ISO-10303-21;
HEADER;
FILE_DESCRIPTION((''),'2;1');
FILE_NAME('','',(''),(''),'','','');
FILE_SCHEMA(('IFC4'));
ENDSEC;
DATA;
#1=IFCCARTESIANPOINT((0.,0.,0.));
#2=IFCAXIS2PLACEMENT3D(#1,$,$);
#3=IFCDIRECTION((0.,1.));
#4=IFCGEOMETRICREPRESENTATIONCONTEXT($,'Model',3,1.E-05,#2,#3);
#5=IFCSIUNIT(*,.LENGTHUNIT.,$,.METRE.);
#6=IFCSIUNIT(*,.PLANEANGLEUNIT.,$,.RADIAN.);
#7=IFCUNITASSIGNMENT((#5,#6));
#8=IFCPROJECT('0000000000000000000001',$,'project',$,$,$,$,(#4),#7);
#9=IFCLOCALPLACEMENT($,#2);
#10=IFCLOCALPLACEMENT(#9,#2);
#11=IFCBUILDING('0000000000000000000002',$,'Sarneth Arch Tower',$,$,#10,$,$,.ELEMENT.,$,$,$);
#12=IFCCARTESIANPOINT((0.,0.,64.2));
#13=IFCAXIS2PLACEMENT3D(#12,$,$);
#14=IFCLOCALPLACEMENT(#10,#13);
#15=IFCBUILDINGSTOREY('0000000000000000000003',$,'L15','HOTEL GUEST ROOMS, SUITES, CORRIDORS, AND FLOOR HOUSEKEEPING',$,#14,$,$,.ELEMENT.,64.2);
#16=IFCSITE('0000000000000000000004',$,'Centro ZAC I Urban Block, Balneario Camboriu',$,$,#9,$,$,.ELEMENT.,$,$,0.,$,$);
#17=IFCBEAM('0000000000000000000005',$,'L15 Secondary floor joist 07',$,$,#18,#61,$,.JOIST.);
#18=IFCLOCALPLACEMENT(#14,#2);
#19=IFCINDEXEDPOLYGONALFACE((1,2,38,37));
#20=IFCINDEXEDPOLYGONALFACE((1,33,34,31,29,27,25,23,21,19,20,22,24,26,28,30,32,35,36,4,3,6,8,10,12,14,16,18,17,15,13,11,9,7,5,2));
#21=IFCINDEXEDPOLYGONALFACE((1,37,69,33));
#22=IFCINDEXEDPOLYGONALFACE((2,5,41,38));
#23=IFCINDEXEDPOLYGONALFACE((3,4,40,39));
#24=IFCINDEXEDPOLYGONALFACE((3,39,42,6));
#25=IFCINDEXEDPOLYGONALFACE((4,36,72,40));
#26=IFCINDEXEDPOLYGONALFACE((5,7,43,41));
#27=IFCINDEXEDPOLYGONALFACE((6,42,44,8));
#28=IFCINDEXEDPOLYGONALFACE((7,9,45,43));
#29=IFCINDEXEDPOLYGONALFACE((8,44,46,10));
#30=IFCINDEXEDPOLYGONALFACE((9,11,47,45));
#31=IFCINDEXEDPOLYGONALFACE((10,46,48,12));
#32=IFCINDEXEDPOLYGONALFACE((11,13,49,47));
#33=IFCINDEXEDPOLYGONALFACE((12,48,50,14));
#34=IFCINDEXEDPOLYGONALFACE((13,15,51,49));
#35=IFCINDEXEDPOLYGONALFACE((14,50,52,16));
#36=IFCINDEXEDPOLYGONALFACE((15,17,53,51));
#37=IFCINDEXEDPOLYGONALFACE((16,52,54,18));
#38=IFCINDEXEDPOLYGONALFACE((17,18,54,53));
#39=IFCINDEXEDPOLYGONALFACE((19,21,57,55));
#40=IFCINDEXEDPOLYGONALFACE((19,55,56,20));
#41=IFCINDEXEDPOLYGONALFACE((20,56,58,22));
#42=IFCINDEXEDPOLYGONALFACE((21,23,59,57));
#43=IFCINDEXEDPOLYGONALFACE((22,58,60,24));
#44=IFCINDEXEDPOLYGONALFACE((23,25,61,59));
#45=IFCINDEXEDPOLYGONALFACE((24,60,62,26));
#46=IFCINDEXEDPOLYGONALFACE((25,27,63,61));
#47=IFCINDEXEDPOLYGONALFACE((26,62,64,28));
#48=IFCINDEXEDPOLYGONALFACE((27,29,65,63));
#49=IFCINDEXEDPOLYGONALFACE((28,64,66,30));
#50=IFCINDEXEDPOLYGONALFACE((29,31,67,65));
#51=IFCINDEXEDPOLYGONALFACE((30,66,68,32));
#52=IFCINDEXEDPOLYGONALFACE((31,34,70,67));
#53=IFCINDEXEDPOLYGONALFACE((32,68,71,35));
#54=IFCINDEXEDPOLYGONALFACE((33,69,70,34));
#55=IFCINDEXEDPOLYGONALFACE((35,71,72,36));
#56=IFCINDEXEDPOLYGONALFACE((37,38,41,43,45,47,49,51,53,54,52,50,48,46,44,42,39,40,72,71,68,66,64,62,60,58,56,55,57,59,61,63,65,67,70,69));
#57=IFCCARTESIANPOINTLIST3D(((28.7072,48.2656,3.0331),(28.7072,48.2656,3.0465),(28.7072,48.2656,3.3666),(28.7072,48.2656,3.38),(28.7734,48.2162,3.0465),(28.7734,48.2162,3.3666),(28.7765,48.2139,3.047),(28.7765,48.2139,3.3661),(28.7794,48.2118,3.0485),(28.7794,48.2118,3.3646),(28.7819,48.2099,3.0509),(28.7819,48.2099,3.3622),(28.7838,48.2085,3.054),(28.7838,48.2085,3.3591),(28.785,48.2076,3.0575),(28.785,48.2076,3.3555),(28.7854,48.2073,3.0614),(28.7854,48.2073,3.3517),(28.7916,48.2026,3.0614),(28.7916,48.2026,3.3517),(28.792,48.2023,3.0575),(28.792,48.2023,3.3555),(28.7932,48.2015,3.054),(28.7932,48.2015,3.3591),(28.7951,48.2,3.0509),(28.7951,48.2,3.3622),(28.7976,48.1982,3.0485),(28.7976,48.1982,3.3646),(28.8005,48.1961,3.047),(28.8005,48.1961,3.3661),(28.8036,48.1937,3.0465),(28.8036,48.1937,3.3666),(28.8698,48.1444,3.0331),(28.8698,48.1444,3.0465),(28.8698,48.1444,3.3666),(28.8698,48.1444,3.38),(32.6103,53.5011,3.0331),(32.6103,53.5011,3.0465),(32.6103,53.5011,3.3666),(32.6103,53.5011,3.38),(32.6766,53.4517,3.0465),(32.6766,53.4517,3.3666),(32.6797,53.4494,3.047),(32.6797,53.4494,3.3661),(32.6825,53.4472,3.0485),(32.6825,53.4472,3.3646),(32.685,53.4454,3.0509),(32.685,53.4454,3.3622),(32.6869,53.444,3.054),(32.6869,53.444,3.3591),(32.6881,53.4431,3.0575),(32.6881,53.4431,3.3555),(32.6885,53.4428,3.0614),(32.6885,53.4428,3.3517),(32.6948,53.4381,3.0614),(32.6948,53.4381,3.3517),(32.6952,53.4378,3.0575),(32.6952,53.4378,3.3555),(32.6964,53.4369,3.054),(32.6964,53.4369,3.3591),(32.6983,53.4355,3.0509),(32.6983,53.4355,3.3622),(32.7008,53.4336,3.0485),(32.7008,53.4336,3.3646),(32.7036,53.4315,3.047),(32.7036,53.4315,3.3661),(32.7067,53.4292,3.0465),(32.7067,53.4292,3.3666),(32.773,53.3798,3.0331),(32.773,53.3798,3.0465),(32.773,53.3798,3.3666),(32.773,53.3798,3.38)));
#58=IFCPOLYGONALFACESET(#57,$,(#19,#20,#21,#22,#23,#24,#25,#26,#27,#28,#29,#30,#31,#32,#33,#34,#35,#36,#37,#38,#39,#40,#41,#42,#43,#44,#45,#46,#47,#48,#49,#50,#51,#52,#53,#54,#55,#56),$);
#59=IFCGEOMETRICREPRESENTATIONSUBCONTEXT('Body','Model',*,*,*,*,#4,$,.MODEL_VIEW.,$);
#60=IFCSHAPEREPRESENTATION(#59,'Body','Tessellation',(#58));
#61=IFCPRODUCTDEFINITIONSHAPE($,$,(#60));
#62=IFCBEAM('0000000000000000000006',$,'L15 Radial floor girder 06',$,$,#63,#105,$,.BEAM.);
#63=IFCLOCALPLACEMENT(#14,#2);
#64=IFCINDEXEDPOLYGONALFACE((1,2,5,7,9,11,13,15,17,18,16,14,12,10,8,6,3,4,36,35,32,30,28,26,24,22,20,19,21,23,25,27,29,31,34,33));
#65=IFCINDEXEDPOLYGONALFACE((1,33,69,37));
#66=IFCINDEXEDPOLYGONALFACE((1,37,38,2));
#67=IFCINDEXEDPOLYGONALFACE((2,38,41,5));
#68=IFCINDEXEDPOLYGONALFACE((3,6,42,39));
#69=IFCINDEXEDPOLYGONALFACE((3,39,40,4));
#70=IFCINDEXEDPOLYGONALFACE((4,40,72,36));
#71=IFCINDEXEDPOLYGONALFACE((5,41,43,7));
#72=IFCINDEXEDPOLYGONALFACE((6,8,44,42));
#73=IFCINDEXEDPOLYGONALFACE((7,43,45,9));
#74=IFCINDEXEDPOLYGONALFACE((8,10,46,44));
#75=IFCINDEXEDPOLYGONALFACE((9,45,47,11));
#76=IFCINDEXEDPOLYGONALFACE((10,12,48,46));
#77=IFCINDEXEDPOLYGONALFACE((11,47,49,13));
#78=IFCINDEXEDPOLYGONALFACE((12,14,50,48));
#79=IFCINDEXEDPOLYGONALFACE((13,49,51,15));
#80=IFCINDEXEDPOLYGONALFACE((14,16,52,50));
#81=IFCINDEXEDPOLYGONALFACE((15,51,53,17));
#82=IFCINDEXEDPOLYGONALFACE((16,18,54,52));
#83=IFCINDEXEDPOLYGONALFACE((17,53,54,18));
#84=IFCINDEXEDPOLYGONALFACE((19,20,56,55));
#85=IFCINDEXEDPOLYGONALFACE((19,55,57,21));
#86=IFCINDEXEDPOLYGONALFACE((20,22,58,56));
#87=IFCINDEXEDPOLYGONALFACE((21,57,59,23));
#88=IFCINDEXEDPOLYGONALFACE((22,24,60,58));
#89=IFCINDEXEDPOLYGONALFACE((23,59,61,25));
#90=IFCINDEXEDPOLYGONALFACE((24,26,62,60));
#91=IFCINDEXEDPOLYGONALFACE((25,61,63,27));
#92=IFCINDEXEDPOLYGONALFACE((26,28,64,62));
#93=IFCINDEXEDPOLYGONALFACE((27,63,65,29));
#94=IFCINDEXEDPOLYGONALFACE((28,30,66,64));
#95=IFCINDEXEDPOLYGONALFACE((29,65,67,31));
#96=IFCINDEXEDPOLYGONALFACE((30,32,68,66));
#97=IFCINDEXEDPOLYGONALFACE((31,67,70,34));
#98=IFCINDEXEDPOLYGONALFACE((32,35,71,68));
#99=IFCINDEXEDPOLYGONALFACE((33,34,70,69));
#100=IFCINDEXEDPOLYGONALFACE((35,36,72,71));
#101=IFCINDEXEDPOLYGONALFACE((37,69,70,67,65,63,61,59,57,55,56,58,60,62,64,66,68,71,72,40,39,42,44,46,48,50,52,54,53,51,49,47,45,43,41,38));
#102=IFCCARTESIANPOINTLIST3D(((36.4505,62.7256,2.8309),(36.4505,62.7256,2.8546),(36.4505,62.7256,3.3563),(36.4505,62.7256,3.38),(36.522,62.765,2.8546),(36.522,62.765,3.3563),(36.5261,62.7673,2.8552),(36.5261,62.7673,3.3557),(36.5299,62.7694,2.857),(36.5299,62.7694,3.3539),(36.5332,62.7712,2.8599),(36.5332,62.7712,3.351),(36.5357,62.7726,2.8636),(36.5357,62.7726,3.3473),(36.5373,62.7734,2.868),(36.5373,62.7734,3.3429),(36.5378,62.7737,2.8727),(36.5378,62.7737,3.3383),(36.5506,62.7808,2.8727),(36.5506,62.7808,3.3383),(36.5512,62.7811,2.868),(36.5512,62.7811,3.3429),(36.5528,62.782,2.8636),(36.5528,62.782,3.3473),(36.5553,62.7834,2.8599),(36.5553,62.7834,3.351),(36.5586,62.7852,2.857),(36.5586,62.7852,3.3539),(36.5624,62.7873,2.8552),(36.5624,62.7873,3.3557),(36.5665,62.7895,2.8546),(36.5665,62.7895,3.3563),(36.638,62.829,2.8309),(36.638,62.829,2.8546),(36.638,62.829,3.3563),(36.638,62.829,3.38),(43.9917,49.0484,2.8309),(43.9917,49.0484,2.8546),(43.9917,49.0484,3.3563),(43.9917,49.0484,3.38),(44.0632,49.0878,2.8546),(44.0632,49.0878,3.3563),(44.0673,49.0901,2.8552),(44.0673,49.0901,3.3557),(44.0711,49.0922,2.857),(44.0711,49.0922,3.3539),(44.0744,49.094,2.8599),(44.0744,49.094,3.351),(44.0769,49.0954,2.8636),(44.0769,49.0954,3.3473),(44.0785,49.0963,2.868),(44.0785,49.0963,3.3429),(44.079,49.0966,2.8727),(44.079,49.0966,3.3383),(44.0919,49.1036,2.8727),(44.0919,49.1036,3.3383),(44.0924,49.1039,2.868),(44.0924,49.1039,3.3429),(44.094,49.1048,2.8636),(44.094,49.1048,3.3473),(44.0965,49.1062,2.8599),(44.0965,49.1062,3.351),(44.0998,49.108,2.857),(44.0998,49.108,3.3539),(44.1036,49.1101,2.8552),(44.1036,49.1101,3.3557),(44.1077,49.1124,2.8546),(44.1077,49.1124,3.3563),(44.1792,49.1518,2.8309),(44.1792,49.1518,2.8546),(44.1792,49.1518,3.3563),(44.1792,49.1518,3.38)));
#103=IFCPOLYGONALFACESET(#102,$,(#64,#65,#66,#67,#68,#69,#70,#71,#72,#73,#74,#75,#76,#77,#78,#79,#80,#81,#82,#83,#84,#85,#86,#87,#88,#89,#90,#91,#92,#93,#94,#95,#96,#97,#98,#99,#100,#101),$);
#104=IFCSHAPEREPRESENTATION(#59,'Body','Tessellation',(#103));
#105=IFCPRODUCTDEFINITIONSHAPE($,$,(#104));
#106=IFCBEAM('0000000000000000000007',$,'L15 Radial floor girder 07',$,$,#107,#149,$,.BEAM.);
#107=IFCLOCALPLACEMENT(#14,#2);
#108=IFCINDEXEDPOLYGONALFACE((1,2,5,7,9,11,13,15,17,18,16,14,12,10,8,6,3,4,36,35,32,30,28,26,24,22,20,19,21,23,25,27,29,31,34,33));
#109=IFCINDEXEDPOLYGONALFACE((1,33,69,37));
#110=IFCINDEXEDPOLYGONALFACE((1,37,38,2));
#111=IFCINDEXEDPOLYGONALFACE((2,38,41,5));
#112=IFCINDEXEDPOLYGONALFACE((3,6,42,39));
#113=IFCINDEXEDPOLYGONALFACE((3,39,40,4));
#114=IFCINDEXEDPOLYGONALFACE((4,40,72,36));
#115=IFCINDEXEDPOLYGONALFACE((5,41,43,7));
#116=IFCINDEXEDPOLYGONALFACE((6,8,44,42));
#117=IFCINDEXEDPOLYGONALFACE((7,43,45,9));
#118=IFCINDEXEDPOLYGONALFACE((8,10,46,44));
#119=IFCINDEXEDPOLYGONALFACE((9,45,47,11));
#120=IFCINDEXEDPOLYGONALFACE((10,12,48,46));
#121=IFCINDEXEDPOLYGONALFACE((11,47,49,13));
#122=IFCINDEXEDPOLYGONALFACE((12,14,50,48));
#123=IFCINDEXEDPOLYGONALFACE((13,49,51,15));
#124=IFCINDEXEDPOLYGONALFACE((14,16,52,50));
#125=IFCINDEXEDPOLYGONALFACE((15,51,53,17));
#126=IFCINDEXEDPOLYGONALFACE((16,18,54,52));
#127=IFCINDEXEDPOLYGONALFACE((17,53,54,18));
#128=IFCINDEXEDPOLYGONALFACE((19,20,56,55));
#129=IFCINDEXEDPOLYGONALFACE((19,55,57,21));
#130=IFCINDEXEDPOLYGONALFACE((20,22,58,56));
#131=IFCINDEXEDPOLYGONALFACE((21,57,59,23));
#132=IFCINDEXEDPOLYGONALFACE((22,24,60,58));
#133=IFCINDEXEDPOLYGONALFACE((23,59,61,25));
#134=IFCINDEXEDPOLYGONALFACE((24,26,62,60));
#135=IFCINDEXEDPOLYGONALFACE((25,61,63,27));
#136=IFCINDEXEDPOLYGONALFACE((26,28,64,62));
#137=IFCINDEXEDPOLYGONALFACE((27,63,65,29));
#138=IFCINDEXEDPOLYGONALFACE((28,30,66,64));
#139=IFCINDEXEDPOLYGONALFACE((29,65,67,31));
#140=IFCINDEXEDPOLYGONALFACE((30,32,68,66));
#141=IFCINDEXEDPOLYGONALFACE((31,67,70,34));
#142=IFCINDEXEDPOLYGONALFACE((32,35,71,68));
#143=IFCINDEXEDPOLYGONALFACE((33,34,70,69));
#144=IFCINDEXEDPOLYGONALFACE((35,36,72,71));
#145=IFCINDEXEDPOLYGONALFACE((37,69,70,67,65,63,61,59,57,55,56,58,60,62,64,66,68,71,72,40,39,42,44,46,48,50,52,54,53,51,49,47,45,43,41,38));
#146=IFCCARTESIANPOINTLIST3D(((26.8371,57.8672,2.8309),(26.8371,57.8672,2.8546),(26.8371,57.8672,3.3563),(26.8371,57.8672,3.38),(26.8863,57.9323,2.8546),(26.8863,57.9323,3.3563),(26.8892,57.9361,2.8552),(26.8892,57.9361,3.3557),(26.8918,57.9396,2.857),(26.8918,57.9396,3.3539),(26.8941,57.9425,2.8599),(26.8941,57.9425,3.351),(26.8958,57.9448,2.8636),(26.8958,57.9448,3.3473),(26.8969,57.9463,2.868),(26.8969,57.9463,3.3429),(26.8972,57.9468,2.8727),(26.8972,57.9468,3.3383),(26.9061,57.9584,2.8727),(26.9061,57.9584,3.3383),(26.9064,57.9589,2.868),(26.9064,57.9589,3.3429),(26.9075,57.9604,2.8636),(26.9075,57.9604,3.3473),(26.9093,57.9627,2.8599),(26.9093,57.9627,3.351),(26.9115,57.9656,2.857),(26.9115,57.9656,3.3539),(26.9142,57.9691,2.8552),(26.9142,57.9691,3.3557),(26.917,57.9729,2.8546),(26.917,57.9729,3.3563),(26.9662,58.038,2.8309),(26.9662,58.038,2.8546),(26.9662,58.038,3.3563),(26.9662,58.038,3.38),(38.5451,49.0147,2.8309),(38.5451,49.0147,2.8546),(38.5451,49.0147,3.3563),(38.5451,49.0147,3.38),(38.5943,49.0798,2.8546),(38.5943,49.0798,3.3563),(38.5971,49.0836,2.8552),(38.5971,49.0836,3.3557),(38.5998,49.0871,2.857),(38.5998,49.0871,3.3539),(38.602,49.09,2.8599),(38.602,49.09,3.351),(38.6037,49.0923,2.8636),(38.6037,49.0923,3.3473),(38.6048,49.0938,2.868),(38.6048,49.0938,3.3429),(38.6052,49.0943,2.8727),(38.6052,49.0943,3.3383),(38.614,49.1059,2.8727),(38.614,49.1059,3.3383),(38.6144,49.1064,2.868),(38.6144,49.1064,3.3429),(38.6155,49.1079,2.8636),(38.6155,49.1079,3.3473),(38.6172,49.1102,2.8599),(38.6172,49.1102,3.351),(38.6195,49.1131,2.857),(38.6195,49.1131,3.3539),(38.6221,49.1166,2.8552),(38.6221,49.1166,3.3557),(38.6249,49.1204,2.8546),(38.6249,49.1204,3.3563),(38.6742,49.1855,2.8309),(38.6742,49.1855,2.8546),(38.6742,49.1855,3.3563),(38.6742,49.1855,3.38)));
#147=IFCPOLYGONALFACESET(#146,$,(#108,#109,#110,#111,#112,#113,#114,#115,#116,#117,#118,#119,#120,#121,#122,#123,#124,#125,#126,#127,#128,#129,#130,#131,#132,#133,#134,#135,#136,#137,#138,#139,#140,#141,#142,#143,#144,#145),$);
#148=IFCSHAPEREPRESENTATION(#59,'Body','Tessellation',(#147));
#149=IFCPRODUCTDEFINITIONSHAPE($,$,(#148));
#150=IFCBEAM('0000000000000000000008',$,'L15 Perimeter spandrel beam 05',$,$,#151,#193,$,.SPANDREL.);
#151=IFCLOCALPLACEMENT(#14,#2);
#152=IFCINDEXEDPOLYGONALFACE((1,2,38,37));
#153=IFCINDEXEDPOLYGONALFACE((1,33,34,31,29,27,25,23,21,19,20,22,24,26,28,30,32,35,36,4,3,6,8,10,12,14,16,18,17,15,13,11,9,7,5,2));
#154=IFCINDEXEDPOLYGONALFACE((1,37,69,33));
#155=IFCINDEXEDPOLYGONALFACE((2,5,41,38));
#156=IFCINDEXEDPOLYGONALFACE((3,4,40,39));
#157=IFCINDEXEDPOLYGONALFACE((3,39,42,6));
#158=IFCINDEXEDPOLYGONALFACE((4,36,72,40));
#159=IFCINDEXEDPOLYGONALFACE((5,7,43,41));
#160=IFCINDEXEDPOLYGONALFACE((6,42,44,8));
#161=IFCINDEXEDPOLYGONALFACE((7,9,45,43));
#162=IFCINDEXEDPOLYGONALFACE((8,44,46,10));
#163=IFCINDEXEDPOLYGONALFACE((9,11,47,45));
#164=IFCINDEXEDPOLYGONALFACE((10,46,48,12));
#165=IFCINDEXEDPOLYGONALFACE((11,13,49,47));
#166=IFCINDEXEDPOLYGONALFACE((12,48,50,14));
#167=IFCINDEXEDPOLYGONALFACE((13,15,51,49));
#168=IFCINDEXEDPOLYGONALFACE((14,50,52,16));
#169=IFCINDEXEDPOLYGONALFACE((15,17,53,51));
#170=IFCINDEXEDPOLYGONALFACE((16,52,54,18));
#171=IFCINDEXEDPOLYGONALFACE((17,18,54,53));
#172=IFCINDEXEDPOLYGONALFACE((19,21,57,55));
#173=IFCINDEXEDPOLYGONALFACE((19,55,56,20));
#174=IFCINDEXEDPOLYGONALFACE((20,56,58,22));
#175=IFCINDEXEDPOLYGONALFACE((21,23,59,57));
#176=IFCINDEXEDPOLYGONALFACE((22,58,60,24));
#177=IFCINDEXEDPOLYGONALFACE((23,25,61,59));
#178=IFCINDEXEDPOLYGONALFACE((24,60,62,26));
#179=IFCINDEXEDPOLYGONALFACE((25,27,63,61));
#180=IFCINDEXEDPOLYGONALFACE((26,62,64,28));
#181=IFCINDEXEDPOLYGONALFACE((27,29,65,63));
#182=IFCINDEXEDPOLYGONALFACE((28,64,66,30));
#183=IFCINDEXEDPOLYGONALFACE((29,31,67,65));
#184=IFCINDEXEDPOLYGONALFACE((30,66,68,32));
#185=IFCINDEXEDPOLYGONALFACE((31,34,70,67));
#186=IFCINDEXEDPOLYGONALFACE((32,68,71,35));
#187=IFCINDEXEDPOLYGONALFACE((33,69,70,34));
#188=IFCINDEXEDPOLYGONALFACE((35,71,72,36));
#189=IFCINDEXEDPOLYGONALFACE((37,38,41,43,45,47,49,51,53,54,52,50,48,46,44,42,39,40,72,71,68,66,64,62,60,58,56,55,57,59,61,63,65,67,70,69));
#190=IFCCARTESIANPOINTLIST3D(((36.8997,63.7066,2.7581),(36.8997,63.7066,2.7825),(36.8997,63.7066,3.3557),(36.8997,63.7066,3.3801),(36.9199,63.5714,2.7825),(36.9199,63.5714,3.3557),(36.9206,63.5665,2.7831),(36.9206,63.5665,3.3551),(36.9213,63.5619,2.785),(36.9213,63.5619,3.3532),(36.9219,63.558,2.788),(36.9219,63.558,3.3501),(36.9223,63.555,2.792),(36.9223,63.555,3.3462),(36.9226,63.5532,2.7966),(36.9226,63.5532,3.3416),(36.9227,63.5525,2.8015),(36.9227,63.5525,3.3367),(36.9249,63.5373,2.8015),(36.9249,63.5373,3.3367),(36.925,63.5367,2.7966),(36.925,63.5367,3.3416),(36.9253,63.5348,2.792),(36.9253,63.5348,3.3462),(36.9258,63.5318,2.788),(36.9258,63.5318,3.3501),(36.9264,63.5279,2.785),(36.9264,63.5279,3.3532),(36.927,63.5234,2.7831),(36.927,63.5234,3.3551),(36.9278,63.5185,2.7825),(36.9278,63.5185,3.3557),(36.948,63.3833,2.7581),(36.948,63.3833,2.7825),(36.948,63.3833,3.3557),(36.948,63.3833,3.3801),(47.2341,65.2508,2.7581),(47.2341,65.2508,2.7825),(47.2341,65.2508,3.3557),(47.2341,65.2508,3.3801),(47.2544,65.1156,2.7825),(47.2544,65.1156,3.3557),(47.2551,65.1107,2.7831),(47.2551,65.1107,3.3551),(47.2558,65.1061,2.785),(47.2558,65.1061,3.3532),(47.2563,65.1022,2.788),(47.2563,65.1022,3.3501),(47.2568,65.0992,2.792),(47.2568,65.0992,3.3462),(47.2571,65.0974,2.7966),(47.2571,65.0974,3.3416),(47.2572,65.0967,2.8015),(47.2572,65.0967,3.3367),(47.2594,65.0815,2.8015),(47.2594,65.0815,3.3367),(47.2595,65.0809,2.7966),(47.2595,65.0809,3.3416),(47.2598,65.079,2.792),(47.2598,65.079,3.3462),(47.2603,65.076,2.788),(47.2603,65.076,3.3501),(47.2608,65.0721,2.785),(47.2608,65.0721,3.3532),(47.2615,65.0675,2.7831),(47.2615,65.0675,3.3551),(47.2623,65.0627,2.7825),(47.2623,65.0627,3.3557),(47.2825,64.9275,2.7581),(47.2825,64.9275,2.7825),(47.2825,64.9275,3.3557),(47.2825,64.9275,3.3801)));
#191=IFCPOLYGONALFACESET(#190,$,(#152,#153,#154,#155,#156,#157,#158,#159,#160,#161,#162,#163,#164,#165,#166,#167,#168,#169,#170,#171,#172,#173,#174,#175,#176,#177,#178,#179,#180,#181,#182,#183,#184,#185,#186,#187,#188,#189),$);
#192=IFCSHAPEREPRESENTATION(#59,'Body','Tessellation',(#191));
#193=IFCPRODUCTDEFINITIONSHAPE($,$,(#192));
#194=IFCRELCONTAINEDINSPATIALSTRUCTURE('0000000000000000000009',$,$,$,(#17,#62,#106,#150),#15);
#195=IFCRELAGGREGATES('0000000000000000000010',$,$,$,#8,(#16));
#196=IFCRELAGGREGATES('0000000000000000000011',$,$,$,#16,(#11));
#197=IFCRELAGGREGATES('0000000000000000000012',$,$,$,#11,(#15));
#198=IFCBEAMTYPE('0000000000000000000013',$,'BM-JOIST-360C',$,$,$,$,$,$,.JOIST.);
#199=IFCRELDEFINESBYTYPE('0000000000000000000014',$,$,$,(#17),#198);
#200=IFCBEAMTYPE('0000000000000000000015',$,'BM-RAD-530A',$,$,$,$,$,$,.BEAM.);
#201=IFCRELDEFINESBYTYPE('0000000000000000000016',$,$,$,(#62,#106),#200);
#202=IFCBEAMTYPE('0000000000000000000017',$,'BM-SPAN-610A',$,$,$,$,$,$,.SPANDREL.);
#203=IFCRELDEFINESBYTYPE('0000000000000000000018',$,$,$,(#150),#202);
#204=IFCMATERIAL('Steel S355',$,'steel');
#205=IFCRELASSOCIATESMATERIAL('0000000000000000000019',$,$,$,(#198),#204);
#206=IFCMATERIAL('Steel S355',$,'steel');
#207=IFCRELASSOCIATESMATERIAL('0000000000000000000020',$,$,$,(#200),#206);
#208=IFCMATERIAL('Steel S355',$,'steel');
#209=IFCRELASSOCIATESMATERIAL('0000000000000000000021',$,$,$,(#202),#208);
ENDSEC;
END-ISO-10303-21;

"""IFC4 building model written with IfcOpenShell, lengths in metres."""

from ifc_helpers import new_model, si_unit, direction, frame, origin, origin_2d, place, context, subcontext, project, spatial, i_section, extrude, material, material_profile, profile_set, type_object, element, save


model = new_model("IFC4")

# Units and contexts
model_context = context("Model", 3, precision=1e-05, world=origin(), true_north=direction((0.0, 1.0)))
body_context = subcontext(model_context, "Body", "Model", "MODEL_VIEW")
ifc_project = project(units=[si_unit("LENGTHUNIT", "METRE"), si_unit("PLANEANGLEUNIT", "RADIAN")], contexts=[model_context])

# Site, building, storey
site_placement = place(None, origin())
site = spatial("IfcSite", under=ifc_project, at=site_placement, Name="Centro ZAC I Urban Block, Balneario Camboriu", CompositionType="ELEMENT", RefElevation=0.0)
building_placement = place(site_placement, origin())
building = spatial("IfcBuilding", under=site, at=building_placement, Name="Sarneth Arch Tower", CompositionType="ELEMENT")
storey_placement = place(building_placement, frame((0.0, 0.0, 64.2)))
storey = spatial("IfcBuildingStorey", under=building, at=storey_placement, Name="L15", Description="HOTEL GUEST ROOMS, SUITES, CORRIDORS, AND FLOOR HOUSEKEEPING", CompositionType="ELEMENT", Elevation=64.2)

# Beams
ifc_material_1 = material(Name="Steel S355", Category="steel")
ifc_material_profile_1 = material_profile(ifc_material_1, i_section(OverallWidth=0.2029, OverallDepth=0.3469, WebThickness=0.0078, FlangeThickness=0.0134, FilletRadius=0.0149, at=origin_2d()), Name="W360x64")
ifc_profile_set_1 = profile_set([ifc_material_profile_1], Name="Steel S355")
beam_type_1 = type_object("IfcBeamType", Name="BM-JOIST-360C", PredefinedType="JOIST", material=ifc_profile_set_1)
beam_1_placement = place(storey_placement, frame((32.6917, 53.4404, 3.2065), z_axis=(-0.5977, -0.801719, 0.0), x_axis=(0.801719, -0.5977, 0.0)))
element("IfcBeam", 1, at=beam_1_placement, inside=storey, type_object=beam_type_1, Name="L15 Secondary floor joist 07", PredefinedType="JOIST", context=body_context, shape_type="SweptSolid", body=[
    extrude(i_section(OverallWidth=0.2029, OverallDepth=0.3469, WebThickness=0.0078, FlangeThickness=0.0134, FilletRadius=0.0149, at=origin_2d()), origin(), (0.0, 0.0, 1.0), 6.5303),
])
ifc_material_2 = material(Name="Steel S355", Category="steel")
ifc_material_profile_2 = material_profile(ifc_material_2, i_section(OverallWidth=0.2141, OverallDepth=0.5491, WebThickness=0.0146, FlangeThickness=0.0237, FilletRadius=0.0181, at=origin_2d()), Name="W530x138")
ifc_profile_set_2 = profile_set([ifc_material_profile_2], Name="Steel S355")
beam_type_2 = type_object("IfcBeamType", Name="BM-RAD-530A", PredefinedType="BEAM", material=ifc_profile_set_2)
beam_2_placement = place(storey_placement, frame((44.0854, 49.1001, 3.1055), z_axis=(-0.482841, 0.875708, 0.0), x_axis=(-0.875708, -0.482841, 0.0)))
element("IfcBeam", 2, at=beam_2_placement, inside=storey, type_object=beam_type_2, Name="L15 Radial floor girder 06", PredefinedType="BEAM", context=body_context, shape_type="SweptSolid", body=[
    extrude(i_section(OverallWidth=0.2141, OverallDepth=0.5491, WebThickness=0.0146, FlangeThickness=0.0237, FilletRadius=0.0181, at=origin_2d()), origin(), (0.0, 0.0, 1.0), 15.6184),
])
beam_3_placement = place(storey_placement, frame((38.6096, 49.1001, 3.1055), z_axis=(-0.797655, 0.603114, 0.0), x_axis=(-0.603114, -0.797655, 0.0)))
element("IfcBeam", 3, at=beam_3_placement, inside=storey, type_object=beam_type_2, Name="L15 Radial floor girder 07", PredefinedType="BEAM", context=body_context, shape_type="SweptSolid", body=[
    extrude(i_section(OverallWidth=0.2141, OverallDepth=0.5491, WebThickness=0.0146, FlangeThickness=0.0237, FilletRadius=0.0181, at=origin_2d()), origin(), (0.0, 0.0, 1.0), 14.678),
])
ifc_material_3 = material(Name="Steel S355", Category="steel")
ifc_material_profile_3 = material_profile(ifc_material_3, i_section(OverallWidth=0.3269, OverallDepth=0.6221, WebThickness=0.0154, FlangeThickness=0.0244, FilletRadius=0.019, at=origin_2d()), Name="W610x195")
ifc_profile_set_3 = profile_set([ifc_material_profile_3], Name="Steel S355")
beam_type_3 = type_object("IfcBeamType", Name="BM-SPAN-610A", PredefinedType="SPANDREL", material=ifc_profile_set_3)
beam_4_placement = place(storey_placement, frame((47.2583, 65.0891, 3.0691), z_axis=(-0.98902, -0.147781, 0.0), x_axis=(0.147781, -0.98902, 0.0)))
element("IfcBeam", 4, at=beam_4_placement, inside=storey, type_object=beam_type_3, Name="L15 Perimeter spandrel beam 05", PredefinedType="SPANDREL", context=body_context, shape_type="SweptSolid", body=[
    extrude(i_section(OverallWidth=0.3269, OverallDepth=0.6221, WebThickness=0.0154, FlangeThickness=0.0244, FilletRadius=0.019, at=origin_2d()), origin(), (0.0, 0.0, 1.0), 10.4492),
])

save(model, "model.ifc")
